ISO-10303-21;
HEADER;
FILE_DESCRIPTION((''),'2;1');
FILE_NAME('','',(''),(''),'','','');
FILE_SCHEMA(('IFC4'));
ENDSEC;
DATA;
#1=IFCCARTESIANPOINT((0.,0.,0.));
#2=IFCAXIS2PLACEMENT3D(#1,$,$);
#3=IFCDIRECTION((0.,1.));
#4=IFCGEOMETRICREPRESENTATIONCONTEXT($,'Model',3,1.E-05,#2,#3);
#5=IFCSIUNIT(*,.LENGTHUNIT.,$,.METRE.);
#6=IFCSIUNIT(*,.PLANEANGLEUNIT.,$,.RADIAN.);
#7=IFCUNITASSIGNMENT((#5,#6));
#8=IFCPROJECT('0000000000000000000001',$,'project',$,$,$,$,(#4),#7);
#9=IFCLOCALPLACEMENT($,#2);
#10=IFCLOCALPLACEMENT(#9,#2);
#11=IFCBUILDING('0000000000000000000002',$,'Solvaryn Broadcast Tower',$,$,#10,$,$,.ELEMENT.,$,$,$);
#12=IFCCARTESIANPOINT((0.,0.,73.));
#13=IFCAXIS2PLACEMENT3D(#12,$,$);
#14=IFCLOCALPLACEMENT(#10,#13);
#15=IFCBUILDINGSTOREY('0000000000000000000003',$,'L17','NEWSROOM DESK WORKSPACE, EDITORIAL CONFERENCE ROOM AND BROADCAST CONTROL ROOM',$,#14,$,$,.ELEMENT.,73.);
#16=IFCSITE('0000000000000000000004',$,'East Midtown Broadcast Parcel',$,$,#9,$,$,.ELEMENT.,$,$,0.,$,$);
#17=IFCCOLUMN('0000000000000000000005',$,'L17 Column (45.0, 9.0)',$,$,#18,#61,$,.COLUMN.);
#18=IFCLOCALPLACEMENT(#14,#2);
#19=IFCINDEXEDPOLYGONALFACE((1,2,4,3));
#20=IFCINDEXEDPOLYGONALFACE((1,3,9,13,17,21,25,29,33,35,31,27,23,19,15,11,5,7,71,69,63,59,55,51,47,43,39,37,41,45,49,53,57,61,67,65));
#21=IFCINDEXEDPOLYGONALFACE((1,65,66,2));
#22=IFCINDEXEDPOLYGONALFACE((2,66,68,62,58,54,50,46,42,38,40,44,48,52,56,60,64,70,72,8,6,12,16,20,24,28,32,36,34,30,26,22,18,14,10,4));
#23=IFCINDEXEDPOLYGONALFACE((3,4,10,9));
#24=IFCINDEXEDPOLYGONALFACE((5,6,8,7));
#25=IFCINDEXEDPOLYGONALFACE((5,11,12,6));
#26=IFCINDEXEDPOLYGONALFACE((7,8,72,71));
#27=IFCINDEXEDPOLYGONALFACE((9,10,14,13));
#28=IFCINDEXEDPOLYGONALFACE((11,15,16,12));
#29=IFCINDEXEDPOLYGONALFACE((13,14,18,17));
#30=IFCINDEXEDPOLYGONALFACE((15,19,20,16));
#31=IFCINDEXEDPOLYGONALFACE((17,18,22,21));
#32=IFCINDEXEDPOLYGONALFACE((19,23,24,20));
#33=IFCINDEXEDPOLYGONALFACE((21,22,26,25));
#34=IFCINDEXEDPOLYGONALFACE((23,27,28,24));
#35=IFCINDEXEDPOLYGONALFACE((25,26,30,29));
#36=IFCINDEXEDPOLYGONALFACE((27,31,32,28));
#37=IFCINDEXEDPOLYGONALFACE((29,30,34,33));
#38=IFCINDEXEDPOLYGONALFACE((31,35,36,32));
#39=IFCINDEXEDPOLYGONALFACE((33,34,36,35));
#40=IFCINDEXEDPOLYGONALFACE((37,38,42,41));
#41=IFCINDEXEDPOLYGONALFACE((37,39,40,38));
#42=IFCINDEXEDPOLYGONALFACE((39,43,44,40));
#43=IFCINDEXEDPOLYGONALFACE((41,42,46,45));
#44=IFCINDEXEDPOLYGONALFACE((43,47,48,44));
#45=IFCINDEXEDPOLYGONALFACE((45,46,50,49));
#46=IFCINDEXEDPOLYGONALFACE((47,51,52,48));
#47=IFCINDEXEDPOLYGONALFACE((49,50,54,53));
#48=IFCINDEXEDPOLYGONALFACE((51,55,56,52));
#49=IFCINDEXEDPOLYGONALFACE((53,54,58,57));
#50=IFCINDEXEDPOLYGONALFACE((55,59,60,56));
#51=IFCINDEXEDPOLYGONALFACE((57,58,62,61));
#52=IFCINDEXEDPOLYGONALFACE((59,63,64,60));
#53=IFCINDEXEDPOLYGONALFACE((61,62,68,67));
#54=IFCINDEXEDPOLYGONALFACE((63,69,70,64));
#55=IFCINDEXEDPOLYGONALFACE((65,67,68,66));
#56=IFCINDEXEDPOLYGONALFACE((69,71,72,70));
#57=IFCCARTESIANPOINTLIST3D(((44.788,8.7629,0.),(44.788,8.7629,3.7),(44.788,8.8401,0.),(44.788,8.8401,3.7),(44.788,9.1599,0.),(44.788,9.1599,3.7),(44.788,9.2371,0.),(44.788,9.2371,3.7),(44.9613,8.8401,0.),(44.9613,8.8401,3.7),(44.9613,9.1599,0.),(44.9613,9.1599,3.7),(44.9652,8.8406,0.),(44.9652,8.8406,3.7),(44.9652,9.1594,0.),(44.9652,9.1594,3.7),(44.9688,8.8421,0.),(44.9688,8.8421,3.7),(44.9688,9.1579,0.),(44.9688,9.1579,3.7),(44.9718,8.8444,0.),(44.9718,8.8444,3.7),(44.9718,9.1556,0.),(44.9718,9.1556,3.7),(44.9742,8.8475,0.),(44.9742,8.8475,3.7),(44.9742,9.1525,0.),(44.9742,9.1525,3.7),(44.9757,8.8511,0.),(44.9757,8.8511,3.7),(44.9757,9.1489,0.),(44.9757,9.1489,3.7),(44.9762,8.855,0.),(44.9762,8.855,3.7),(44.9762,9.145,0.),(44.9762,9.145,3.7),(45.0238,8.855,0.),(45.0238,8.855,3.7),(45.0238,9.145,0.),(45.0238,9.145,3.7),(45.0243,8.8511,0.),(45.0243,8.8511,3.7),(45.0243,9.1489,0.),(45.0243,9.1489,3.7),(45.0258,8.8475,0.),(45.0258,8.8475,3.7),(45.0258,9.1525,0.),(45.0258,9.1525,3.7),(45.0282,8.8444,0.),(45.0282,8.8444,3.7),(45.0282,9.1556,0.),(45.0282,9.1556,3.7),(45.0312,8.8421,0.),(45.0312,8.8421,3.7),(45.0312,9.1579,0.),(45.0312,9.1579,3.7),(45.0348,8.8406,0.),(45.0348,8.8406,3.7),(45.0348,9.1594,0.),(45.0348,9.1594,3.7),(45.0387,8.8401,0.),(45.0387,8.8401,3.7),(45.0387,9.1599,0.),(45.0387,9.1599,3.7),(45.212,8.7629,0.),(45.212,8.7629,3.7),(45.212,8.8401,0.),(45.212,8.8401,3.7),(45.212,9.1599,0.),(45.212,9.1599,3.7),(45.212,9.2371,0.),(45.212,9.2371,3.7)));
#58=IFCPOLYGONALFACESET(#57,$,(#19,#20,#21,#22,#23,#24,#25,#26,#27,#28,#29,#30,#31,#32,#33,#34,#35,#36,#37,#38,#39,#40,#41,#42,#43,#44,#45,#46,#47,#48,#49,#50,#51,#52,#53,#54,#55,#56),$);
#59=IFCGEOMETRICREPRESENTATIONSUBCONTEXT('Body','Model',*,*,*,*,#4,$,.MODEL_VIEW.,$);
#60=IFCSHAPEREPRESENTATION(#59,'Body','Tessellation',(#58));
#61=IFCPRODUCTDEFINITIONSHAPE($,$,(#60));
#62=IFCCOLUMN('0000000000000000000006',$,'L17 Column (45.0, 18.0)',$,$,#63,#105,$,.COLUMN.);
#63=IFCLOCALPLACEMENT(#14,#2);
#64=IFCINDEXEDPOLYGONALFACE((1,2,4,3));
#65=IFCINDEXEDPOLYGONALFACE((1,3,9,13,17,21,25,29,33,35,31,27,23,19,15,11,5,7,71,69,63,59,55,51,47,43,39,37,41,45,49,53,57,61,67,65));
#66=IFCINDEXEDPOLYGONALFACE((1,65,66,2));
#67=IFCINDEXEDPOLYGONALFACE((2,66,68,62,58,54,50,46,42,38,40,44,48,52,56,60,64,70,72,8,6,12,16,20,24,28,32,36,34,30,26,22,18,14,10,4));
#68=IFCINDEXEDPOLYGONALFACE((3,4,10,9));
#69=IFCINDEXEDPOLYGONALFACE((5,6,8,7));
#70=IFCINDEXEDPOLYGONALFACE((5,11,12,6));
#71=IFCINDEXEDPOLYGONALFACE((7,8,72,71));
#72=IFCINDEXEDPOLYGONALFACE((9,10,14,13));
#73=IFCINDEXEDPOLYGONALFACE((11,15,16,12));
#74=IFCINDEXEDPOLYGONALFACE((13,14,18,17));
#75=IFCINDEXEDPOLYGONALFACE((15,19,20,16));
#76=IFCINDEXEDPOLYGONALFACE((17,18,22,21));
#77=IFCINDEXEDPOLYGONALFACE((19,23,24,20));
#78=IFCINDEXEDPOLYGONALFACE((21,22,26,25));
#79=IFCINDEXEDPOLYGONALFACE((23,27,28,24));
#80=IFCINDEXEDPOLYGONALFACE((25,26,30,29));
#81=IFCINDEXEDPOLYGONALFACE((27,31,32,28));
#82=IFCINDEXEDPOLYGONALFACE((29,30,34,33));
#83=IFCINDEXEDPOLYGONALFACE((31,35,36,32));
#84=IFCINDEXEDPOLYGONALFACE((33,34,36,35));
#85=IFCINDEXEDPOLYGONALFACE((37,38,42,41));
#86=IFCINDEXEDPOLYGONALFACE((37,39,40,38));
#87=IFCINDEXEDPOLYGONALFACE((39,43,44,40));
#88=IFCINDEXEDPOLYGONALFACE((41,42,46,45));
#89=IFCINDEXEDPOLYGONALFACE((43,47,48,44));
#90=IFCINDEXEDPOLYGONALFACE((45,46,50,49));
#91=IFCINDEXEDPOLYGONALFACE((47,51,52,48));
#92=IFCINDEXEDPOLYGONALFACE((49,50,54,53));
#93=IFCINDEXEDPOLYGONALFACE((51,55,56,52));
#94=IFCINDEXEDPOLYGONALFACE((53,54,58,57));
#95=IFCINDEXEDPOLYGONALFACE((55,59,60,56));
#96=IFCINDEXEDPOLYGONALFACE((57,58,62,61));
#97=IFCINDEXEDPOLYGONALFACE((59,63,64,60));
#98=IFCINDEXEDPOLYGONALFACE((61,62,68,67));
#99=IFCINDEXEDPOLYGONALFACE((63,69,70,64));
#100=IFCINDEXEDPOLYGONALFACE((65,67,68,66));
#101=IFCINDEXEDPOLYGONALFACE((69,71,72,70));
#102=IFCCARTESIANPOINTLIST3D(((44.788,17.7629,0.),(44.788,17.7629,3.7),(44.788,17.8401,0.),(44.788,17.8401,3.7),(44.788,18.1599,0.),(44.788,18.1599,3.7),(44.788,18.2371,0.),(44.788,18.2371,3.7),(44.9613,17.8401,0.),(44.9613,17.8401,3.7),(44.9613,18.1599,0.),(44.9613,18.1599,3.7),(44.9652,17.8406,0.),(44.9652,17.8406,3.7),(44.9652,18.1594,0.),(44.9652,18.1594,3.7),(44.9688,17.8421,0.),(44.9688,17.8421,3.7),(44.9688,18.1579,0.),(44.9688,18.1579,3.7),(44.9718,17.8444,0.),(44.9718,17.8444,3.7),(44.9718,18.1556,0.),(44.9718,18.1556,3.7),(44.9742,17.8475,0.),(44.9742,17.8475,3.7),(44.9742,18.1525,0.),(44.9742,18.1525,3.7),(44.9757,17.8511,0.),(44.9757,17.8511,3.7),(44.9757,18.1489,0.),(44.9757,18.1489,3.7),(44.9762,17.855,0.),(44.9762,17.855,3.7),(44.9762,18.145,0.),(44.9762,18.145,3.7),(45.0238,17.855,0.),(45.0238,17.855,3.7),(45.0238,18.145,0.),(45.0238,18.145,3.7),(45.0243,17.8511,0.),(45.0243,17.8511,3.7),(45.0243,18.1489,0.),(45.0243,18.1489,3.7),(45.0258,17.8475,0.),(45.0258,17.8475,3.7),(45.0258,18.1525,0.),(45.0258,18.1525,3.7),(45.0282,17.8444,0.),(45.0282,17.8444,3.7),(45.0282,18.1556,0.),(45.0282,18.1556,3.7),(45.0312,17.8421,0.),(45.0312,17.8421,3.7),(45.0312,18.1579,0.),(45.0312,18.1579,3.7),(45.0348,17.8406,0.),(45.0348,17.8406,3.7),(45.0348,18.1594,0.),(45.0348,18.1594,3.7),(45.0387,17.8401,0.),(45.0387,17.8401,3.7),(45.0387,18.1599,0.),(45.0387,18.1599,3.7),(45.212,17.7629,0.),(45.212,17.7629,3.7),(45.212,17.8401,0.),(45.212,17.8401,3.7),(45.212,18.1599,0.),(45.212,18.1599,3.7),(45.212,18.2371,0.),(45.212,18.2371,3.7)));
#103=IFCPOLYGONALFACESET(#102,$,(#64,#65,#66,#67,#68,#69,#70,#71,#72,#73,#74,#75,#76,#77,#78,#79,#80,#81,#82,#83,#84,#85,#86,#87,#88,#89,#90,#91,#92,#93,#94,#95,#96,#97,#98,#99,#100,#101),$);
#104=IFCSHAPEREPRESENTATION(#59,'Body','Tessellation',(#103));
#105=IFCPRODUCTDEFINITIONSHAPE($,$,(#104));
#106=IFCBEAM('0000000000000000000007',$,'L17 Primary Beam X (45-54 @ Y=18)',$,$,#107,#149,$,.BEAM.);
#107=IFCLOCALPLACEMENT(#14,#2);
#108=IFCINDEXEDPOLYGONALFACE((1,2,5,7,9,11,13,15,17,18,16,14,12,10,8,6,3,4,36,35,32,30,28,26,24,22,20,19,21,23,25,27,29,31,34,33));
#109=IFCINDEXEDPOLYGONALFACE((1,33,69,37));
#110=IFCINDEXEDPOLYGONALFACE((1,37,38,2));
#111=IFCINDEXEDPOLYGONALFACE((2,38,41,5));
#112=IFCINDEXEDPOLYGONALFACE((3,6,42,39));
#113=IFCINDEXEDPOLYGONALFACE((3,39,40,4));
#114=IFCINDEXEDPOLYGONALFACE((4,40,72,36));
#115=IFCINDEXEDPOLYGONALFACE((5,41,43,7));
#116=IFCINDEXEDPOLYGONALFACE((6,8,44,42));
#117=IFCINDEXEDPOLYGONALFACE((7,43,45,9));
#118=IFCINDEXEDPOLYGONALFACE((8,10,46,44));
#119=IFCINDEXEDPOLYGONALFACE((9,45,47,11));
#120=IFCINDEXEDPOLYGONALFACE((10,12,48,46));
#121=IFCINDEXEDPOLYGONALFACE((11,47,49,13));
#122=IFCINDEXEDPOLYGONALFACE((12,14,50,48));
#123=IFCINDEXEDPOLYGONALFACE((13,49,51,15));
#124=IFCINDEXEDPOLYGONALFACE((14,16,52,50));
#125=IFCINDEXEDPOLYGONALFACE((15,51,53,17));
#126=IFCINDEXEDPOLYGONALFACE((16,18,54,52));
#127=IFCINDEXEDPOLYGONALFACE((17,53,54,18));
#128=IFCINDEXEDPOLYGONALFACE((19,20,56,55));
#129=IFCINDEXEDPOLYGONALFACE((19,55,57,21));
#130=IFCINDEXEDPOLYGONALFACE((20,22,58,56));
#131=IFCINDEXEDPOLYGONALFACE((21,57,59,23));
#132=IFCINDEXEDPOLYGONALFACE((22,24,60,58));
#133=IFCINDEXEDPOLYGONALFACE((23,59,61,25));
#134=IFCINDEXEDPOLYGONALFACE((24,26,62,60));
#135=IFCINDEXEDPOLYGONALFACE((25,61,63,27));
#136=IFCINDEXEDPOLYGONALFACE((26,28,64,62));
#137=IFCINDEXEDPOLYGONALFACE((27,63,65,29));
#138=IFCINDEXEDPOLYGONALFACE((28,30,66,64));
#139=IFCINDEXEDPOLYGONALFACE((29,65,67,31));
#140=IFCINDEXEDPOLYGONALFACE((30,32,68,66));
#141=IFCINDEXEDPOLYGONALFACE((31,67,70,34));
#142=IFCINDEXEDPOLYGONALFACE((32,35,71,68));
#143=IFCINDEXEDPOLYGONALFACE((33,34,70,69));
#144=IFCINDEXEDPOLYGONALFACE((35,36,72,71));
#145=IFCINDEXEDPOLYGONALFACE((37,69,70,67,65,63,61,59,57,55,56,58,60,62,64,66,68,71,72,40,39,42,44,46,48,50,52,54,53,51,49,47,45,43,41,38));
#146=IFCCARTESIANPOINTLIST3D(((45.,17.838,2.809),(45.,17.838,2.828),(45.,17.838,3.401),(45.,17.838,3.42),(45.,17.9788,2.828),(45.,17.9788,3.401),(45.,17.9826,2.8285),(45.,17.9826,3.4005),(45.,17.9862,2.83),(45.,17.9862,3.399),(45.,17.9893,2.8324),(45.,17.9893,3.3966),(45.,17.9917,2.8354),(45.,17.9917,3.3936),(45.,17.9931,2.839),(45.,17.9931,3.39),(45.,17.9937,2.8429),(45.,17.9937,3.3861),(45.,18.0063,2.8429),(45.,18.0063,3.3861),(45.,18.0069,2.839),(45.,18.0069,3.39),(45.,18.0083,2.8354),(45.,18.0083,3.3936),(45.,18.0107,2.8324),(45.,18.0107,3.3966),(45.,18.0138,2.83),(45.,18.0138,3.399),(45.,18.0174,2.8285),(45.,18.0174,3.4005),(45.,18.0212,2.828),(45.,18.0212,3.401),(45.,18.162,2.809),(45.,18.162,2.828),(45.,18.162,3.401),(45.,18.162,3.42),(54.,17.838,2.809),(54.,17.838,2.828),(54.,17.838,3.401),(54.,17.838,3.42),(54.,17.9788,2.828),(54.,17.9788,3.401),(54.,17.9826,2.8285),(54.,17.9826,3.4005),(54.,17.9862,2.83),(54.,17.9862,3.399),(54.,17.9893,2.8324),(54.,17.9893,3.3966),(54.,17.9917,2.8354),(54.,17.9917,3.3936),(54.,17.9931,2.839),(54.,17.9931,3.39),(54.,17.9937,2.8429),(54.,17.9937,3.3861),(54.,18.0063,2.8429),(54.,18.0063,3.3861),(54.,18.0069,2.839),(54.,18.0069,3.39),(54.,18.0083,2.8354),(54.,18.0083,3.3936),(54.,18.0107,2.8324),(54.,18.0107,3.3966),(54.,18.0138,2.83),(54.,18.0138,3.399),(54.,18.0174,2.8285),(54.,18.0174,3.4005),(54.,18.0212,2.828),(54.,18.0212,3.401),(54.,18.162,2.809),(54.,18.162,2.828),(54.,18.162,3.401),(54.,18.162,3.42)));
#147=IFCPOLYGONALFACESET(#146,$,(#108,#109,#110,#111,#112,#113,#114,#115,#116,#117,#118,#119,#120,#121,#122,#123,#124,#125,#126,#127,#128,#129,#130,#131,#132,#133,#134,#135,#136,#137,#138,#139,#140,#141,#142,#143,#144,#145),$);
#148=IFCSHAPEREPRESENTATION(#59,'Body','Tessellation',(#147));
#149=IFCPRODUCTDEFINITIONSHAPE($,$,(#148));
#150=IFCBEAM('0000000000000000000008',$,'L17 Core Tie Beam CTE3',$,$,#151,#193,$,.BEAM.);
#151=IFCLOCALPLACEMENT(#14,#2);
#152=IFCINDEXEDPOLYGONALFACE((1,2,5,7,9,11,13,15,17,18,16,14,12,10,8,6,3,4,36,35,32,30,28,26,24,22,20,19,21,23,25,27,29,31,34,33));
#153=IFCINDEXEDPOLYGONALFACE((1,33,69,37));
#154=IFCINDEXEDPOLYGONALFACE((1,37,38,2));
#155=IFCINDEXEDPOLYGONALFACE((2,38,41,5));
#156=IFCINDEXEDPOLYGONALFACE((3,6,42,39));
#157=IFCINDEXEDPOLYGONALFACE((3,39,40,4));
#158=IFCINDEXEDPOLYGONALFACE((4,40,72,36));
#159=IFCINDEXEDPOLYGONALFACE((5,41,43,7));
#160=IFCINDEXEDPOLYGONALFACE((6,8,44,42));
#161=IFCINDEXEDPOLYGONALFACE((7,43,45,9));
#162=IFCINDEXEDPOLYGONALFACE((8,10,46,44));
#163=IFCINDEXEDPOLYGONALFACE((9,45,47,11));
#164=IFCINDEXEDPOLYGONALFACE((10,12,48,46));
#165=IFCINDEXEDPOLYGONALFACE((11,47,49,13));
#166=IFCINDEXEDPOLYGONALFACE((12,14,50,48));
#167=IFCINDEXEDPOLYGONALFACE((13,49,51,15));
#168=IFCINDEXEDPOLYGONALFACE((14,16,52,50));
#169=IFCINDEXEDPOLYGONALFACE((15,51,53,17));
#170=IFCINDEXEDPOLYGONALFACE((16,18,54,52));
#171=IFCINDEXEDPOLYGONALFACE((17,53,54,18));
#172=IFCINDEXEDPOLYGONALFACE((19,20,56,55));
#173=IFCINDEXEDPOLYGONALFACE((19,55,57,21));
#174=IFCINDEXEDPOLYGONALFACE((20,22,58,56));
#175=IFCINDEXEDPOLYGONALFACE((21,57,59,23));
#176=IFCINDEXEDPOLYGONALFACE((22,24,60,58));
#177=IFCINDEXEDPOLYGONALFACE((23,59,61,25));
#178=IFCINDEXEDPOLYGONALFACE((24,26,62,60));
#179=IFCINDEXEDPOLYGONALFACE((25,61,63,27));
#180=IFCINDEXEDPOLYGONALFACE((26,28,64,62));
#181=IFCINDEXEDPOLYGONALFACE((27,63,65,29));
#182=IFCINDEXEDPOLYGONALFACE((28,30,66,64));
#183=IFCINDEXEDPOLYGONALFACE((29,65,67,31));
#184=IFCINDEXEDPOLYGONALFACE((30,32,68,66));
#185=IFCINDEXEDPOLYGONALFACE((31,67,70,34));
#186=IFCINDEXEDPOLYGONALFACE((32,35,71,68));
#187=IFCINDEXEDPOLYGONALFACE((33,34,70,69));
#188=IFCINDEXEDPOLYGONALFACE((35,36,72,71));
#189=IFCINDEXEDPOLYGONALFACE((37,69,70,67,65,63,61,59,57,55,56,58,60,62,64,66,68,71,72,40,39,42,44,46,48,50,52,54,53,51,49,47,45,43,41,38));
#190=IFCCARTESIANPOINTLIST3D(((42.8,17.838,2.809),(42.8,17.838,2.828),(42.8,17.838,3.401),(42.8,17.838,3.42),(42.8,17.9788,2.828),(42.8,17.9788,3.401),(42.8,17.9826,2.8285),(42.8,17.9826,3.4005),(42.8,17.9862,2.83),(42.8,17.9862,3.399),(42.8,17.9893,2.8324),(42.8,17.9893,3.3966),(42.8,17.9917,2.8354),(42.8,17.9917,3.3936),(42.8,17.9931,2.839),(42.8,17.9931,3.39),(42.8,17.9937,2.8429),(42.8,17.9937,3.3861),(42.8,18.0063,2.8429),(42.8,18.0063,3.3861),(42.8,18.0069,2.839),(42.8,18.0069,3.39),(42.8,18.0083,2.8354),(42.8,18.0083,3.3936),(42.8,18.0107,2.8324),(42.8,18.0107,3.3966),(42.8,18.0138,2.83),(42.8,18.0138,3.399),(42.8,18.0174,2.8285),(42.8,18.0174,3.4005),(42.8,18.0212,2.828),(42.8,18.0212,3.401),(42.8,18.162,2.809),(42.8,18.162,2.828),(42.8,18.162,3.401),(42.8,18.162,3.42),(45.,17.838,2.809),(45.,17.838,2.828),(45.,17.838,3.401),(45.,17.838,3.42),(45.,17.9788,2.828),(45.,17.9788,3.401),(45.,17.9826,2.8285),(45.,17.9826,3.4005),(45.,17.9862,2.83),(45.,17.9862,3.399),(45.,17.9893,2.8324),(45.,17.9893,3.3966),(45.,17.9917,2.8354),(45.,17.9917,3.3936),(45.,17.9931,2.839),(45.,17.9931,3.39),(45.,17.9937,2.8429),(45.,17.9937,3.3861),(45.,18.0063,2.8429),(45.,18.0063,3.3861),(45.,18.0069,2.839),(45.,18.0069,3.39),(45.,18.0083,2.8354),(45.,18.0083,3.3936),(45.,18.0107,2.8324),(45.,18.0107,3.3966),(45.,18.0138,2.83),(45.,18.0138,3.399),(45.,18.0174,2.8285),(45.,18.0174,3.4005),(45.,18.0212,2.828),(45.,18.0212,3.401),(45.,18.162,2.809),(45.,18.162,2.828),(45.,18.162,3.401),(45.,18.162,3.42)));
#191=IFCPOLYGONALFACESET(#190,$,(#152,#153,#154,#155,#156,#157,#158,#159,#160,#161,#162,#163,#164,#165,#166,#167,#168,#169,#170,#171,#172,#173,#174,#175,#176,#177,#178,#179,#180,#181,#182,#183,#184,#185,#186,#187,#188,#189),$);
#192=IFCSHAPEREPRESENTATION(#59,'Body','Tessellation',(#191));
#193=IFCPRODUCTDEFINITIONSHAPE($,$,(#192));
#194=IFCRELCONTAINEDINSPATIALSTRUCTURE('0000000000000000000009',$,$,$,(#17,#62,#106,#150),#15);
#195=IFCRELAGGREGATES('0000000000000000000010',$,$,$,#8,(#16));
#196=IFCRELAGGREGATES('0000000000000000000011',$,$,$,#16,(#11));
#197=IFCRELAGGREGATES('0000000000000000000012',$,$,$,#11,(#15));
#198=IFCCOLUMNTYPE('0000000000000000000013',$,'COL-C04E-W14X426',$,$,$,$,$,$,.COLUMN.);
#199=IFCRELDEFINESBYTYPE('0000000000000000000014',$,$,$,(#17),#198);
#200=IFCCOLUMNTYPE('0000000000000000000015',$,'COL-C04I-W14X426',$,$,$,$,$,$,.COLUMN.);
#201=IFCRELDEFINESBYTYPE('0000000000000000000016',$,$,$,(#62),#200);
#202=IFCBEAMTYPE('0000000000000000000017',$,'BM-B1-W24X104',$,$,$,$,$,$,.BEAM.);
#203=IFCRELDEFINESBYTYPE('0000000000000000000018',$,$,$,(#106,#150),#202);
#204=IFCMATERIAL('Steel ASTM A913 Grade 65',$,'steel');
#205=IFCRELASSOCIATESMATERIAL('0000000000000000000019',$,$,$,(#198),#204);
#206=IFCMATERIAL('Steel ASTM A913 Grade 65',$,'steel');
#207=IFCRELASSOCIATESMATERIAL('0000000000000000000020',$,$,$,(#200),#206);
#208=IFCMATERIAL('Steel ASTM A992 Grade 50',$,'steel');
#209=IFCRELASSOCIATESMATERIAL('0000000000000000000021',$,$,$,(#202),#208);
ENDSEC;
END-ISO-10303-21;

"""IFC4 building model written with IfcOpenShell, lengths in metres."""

from ifc_helpers import new_model, si_unit, direction, frame, origin, origin_2d, place, context, subcontext, project, spatial, i_section, extrude, material, material_profile, profile_set, type_object, element, save


model = new_model("IFC4")

# Units and contexts
model_context = context("Model", 3, precision=1e-05, world=origin(), true_north=direction((0.0, 1.0)))
body_context = subcontext(model_context, "Body", "Model", "MODEL_VIEW")
ifc_project = project(units=[si_unit("LENGTHUNIT", "METRE"), si_unit("PLANEANGLEUNIT", "RADIAN")], contexts=[model_context])

# Site, building, storey
site_placement = place(None, origin())
site = spatial("IfcSite", under=ifc_project, at=site_placement, Name="East Midtown Broadcast Parcel", CompositionType="ELEMENT", RefElevation=0.0)
building_placement = place(site_placement, origin())
building = spatial("IfcBuilding", under=site, at=building_placement, Name="Solvaryn Broadcast Tower", CompositionType="ELEMENT")
storey_placement = place(building_placement, frame((0.0, 0.0, 73.0)))
storey = spatial("IfcBuildingStorey", under=building, at=storey_placement, Name="L17", Description="NEWSROOM DESK WORKSPACE, EDITORIAL CONFERENCE ROOM AND BROADCAST CONTROL ROOM", CompositionType="ELEMENT", Elevation=73.0)

# Columns
ifc_material_1 = material(Name="Steel ASTM A913 Grade 65", Category="steel")
ifc_material_profile_1 = material_profile(ifc_material_1, i_section(OverallWidth=0.4241, OverallDepth=0.4741, WebThickness=0.0476, FlangeThickness=0.0771, FilletRadius=0.0149, at=origin_2d()))
ifc_profile_set_1 = profile_set([ifc_material_profile_1], Name="Steel ASTM A913 Grade 65")
column_type_1 = type_object("IfcColumnType", Name="COL-C04E-W14X426", PredefinedType="COLUMN", material=ifc_profile_set_1)
column_1_placement = place(storey_placement, frame((45.0, 9.0, 0.0), z_axis=(0.0, 0.0, 1.0), x_axis=(1.0, 0.0, 0.0)))
element("IfcColumn", 1, at=column_1_placement, inside=storey, type_object=column_type_1, Name="L17 Column (45.0, 9.0)", PredefinedType="COLUMN", context=body_context, shape_type="SweptSolid", body=[
    extrude(i_section(OverallWidth=0.4241, OverallDepth=0.4741, WebThickness=0.0476, FlangeThickness=0.0771, FilletRadius=0.0149, at=origin_2d()), origin(), (0.0, 0.0, 1.0), 3.7),
])
ifc_material_2 = material(Name="Steel ASTM A913 Grade 65", Category="steel")
ifc_material_profile_2 = material_profile(ifc_material_2, i_section(OverallWidth=0.4241, OverallDepth=0.4741, WebThickness=0.0476, FlangeThickness=0.0771, FilletRadius=0.0149, at=origin_2d()))
ifc_profile_set_2 = profile_set([ifc_material_profile_2], Name="Steel ASTM A913 Grade 65")
column_type_2 = type_object("IfcColumnType", Name="COL-C04I-W14X426", PredefinedType="COLUMN", material=ifc_profile_set_2)
column_2_placement = place(storey_placement, frame((45.0, 18.0, 0.0), z_axis=(0.0, 0.0, 1.0), x_axis=(1.0, 0.0, 0.0)))
element("IfcColumn", 2, at=column_2_placement, inside=storey, type_object=column_type_2, Name="L17 Column (45.0, 18.0)", PredefinedType="COLUMN", context=body_context, shape_type="SweptSolid", body=[
    extrude(i_section(OverallWidth=0.4241, OverallDepth=0.4741, WebThickness=0.0476, FlangeThickness=0.0771, FilletRadius=0.0149, at=origin_2d()), origin(), (0.0, 0.0, 1.0), 3.7),
])

# Beams
ifc_material_3 = material(Name="Steel ASTM A992 Grade 50", Category="steel")
ifc_material_profile_3 = material_profile(ifc_material_3, i_section(OverallWidth=0.324, OverallDepth=0.6111, WebThickness=0.0127, FlangeThickness=0.019, FilletRadius=0.0149, at=origin_2d()))
ifc_profile_set_3 = profile_set([ifc_material_profile_3], Name="Steel ASTM A992 Grade 50")
beam_type_1 = type_object("IfcBeamType", Name="BM-B1-W24X104", PredefinedType="BEAM", material=ifc_profile_set_3)
beam_1_placement = place(storey_placement, frame((45.0, 18.0, 3.1145), z_axis=(1.0, 0.0, 0.0), x_axis=(0.0, 1.0, 0.0)))
element("IfcBeam", 3, at=beam_1_placement, inside=storey, type_object=beam_type_1, Name="L17 Primary Beam X (45-54 @ Y=18)", PredefinedType="BEAM", context=body_context, shape_type="SweptSolid", body=[
    extrude(i_section(OverallWidth=0.324, OverallDepth=0.6111, WebThickness=0.0127, FlangeThickness=0.019, FilletRadius=0.0149, at=origin_2d()), origin(), (0.0, 0.0, 1.0), 9.0),
])
beam_2_placement = place(storey_placement, frame((42.8, 18.0, 3.1145), z_axis=(1.0, 0.0, 0.0), x_axis=(0.0, 1.0, 0.0)))
element("IfcBeam", 4, at=beam_2_placement, inside=storey, type_object=beam_type_1, Name="L17 Core Tie Beam CTE3", PredefinedType="BEAM", context=body_context, shape_type="SweptSolid", body=[
    extrude(i_section(OverallWidth=0.324, OverallDepth=0.6111, WebThickness=0.0127, FlangeThickness=0.019, FilletRadius=0.0149, at=origin_2d()), origin(), (0.0, 0.0, 1.0), 2.2),
])

save(model, "model.ifc")
